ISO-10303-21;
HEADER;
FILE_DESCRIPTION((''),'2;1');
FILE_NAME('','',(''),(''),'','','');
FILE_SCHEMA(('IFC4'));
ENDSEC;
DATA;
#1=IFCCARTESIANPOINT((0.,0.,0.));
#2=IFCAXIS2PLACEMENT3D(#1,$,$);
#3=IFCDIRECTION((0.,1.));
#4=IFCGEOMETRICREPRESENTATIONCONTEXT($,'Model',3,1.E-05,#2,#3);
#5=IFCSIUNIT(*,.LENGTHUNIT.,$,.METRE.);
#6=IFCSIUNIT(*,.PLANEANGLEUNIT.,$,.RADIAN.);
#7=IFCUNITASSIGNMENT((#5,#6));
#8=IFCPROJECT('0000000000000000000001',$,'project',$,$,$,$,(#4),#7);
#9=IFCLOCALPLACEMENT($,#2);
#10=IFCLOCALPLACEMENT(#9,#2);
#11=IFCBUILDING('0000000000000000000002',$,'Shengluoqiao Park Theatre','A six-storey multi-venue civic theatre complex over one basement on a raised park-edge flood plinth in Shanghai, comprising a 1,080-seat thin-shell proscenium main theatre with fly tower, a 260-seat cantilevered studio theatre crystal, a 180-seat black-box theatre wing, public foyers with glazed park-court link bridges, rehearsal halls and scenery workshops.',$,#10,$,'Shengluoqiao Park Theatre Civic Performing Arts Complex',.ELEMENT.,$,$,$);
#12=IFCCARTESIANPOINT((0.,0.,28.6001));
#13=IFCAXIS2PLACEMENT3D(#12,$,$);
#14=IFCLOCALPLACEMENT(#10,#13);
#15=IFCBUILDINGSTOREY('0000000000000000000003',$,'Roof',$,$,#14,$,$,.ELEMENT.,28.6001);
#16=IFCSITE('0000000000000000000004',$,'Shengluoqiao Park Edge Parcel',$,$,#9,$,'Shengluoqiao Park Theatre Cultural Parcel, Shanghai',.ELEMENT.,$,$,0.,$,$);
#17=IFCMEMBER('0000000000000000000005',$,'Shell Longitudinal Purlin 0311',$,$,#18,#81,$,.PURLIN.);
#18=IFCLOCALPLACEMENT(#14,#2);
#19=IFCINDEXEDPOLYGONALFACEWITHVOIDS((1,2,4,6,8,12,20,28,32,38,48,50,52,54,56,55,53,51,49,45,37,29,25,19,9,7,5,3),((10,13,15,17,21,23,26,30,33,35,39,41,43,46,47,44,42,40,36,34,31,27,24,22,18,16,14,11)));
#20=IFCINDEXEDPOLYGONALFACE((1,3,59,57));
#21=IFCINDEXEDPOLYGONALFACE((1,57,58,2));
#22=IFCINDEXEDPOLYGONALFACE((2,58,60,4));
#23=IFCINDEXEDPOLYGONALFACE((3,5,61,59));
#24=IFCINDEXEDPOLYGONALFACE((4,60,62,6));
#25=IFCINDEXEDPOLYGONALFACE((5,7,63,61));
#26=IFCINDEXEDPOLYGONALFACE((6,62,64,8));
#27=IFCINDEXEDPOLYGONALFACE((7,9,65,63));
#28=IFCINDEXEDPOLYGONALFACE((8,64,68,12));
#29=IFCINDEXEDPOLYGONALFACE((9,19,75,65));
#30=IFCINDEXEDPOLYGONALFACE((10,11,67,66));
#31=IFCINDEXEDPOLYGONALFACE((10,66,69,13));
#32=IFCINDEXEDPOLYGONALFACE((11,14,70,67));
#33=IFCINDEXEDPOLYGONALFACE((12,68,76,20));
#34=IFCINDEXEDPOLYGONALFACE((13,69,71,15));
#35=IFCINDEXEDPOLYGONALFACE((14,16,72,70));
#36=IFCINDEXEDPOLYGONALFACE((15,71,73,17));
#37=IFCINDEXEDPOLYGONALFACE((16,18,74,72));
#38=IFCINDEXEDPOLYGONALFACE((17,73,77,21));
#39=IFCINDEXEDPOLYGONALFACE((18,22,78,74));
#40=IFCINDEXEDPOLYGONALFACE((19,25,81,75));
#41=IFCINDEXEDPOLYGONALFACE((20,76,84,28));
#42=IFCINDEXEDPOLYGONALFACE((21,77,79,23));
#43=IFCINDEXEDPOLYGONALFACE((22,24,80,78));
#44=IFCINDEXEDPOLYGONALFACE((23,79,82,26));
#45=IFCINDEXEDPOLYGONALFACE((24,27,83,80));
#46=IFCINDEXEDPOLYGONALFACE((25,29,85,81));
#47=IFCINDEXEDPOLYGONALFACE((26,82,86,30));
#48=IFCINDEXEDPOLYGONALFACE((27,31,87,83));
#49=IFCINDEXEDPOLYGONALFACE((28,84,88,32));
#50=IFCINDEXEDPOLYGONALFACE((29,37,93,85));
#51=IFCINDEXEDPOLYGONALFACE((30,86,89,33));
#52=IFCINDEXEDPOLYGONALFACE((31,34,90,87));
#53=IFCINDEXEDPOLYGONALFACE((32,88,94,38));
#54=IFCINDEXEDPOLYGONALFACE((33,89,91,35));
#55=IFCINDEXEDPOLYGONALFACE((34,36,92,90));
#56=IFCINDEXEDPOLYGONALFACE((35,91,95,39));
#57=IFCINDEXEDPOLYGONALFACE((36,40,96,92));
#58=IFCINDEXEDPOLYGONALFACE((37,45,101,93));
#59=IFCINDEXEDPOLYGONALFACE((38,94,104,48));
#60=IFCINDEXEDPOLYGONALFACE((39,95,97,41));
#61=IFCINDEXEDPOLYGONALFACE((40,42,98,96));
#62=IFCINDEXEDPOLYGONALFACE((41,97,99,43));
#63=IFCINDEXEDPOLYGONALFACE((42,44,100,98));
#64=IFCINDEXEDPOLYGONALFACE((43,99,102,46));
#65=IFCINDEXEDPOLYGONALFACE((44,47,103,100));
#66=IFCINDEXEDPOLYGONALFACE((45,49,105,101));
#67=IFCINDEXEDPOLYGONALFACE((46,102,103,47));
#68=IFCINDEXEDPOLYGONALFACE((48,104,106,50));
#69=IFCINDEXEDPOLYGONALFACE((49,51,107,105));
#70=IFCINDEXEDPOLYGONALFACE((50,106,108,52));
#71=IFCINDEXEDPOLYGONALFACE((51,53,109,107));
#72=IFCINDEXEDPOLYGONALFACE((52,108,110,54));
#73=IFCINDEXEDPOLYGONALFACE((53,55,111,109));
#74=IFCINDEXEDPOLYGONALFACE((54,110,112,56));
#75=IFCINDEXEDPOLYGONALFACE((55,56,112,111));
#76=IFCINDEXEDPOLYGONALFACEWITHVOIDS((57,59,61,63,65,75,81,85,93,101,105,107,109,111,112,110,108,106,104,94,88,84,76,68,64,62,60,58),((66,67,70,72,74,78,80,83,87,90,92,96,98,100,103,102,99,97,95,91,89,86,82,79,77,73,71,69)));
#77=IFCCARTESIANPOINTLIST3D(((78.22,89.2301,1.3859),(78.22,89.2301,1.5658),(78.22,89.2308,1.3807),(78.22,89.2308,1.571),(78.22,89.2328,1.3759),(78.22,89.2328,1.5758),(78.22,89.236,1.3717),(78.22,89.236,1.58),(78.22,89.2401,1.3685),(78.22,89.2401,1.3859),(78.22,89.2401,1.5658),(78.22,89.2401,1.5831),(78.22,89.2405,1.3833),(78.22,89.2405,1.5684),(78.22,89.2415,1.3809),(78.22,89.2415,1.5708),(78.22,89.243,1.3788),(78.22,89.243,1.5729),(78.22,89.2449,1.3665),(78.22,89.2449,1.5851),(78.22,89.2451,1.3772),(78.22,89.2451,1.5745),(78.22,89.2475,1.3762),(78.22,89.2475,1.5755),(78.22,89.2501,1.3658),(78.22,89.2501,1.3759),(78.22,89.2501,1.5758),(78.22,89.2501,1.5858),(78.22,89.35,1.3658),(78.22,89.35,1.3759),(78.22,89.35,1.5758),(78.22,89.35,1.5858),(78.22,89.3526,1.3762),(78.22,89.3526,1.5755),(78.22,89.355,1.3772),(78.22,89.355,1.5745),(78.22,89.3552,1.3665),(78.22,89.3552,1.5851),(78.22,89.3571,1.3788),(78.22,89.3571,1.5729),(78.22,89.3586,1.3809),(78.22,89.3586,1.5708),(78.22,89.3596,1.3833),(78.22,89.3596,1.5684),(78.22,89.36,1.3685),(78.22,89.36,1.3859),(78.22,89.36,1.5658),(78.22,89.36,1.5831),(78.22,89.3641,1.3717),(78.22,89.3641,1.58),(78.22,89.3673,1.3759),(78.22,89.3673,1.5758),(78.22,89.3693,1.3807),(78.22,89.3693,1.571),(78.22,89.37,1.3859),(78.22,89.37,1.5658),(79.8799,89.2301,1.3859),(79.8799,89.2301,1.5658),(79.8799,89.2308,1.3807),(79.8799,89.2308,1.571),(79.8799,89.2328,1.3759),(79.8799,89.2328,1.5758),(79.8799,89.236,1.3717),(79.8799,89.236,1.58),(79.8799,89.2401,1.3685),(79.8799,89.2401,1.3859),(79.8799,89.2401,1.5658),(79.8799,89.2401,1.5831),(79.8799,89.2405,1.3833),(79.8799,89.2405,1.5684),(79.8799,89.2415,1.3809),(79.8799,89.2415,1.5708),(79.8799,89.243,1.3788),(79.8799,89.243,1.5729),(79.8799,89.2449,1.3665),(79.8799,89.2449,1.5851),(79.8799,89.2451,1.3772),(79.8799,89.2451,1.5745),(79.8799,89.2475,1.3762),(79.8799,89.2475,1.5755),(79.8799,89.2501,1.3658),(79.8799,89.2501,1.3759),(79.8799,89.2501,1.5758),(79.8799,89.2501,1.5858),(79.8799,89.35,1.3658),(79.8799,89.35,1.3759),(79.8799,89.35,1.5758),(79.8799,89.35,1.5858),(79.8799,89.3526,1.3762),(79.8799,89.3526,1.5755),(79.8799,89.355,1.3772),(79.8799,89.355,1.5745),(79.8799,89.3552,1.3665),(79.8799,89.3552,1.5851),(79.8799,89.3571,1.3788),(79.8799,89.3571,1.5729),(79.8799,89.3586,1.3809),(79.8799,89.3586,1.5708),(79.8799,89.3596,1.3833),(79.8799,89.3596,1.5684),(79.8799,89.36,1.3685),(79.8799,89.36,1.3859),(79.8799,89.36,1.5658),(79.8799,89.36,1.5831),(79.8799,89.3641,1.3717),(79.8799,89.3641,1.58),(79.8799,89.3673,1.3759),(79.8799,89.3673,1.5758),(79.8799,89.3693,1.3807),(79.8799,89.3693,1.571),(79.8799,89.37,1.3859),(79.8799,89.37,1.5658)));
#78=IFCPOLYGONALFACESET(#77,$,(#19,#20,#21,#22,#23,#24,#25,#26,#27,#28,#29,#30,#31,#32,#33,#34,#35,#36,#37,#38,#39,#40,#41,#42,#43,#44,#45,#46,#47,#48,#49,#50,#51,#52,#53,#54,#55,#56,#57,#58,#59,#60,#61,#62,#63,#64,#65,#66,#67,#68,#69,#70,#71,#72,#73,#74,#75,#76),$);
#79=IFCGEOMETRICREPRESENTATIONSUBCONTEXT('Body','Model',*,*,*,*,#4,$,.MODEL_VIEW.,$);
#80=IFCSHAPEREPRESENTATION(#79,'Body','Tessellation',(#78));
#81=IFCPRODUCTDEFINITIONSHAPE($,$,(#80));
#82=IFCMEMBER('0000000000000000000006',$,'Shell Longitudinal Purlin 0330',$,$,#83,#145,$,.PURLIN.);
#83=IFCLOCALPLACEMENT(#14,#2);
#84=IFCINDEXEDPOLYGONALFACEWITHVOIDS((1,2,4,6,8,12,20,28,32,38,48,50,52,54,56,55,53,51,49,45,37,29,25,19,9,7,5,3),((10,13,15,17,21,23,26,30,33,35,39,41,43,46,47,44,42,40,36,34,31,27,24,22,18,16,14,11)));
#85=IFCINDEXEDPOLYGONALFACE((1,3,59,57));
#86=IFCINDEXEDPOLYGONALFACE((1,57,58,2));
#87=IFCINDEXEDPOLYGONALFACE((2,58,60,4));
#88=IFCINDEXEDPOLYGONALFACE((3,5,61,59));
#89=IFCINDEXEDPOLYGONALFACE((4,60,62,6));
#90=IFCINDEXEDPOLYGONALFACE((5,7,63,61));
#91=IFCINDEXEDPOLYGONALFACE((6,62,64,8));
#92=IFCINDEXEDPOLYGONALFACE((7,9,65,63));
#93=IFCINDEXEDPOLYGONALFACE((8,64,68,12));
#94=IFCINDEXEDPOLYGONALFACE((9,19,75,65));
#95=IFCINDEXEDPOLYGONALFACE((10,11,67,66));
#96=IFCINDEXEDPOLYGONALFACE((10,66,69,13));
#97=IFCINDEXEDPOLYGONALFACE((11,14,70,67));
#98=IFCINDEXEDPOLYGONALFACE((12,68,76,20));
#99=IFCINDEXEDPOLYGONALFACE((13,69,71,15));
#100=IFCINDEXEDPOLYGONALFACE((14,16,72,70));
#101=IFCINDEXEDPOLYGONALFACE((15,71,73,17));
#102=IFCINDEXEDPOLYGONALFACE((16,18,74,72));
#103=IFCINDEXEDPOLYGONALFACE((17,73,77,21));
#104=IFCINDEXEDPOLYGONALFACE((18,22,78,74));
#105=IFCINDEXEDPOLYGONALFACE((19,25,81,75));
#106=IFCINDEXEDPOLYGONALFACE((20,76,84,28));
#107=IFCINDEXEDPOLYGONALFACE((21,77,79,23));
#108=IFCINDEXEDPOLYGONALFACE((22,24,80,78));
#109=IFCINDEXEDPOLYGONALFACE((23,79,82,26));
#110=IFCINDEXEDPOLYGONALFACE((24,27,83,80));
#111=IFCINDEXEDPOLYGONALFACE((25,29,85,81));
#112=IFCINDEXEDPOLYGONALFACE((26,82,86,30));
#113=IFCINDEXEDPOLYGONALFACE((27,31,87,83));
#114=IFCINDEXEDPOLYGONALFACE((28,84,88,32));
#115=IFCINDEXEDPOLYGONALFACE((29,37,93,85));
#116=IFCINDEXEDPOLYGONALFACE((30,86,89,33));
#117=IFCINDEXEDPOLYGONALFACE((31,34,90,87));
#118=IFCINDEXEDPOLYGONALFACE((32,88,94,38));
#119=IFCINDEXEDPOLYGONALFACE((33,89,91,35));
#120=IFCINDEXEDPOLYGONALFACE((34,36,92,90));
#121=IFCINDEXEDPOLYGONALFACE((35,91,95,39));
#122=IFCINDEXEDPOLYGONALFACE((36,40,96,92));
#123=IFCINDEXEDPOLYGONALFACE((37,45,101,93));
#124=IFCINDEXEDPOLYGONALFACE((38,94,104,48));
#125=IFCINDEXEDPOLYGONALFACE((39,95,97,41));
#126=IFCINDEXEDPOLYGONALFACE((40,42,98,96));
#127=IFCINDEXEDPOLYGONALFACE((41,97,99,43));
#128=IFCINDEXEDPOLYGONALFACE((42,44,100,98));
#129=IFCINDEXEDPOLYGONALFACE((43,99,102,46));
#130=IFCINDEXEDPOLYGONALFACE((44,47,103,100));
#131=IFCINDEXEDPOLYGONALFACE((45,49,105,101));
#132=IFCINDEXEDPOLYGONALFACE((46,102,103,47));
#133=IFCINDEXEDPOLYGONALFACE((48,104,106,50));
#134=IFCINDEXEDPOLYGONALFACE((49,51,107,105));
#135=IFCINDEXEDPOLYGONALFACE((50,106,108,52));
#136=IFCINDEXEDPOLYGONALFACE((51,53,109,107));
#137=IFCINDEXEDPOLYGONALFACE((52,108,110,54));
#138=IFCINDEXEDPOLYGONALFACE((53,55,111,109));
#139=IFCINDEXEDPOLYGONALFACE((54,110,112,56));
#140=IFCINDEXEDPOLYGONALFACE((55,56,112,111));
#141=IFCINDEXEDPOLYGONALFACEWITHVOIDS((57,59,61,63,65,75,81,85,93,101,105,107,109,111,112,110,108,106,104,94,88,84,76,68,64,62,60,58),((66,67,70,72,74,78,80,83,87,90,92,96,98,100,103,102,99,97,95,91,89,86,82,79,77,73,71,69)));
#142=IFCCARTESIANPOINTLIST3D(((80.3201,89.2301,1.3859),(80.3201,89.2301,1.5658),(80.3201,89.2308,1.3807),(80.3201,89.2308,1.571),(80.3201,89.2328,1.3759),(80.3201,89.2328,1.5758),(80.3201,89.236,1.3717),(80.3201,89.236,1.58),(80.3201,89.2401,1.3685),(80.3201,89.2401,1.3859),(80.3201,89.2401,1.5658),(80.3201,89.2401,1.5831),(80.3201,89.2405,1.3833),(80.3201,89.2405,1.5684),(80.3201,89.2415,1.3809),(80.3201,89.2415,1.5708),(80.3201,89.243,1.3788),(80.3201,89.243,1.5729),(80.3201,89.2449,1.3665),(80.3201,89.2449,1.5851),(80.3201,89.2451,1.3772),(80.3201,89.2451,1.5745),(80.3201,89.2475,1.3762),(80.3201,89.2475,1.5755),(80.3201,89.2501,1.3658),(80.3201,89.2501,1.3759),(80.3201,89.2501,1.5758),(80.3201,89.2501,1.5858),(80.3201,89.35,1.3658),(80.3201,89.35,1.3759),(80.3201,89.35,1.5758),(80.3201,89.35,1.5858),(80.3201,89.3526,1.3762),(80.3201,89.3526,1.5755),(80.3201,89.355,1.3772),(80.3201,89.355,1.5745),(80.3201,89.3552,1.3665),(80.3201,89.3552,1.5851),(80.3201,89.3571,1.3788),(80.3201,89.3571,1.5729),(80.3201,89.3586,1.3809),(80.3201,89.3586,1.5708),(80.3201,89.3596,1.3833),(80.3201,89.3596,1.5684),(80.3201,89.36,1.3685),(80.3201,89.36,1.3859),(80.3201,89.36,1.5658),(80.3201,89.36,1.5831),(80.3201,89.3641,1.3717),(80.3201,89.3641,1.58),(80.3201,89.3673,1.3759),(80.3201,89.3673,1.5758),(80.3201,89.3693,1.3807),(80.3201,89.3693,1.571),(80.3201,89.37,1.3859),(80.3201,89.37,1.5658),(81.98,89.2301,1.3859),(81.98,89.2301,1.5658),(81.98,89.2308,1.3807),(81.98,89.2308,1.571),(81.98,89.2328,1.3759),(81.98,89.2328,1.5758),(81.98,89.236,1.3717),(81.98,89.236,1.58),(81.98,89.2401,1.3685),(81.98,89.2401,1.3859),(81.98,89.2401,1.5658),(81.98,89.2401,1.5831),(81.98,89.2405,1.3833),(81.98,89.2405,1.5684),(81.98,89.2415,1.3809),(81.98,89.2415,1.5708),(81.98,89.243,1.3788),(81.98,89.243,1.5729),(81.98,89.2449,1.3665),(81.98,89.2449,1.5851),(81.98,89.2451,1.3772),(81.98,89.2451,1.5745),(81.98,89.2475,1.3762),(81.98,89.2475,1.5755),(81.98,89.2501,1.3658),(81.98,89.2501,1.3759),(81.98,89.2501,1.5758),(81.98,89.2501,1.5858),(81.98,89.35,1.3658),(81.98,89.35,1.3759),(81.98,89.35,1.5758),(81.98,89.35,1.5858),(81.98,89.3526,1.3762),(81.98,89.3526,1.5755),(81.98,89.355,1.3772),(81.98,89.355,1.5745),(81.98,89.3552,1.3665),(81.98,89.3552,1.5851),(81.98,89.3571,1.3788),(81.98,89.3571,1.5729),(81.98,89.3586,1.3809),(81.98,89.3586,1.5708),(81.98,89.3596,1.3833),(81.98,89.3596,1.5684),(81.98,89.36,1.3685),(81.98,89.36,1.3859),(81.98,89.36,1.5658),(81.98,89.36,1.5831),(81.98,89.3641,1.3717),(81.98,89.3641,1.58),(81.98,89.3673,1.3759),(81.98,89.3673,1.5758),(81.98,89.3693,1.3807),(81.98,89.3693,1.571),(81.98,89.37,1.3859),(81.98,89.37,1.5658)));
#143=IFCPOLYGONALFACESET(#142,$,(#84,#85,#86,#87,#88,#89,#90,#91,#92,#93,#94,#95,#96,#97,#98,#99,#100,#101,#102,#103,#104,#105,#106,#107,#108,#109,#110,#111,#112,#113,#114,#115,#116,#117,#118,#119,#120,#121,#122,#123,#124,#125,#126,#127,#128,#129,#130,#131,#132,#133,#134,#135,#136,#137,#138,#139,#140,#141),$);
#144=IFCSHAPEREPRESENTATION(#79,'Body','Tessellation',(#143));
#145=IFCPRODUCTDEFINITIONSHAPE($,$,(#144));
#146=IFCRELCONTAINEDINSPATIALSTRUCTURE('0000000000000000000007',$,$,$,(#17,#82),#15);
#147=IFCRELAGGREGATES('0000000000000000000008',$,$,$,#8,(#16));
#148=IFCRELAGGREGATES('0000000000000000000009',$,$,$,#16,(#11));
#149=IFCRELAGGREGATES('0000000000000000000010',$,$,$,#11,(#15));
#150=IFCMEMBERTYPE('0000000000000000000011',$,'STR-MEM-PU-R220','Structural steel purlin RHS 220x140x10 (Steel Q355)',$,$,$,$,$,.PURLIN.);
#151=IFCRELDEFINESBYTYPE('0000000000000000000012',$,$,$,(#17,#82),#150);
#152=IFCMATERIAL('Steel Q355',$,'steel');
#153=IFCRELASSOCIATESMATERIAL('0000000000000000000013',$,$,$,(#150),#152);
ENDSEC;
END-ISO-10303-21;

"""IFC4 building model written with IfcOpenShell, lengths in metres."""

from ifc_helpers import new_model, si_unit, direction, frame, origin, origin_2d, place, context, subcontext, project, spatial, hollow_rectangle, extrude, material, material_profile, profile_set, type_object, element, save


model = new_model("IFC4")

# Units and contexts
model_context = context("Model", 3, precision=1e-05, world=origin(), true_north=direction((0.0, 1.0)))
body_context = subcontext(model_context, "Body", "Model", "MODEL_VIEW")
ifc_project = project(units=[si_unit("LENGTHUNIT", "METRE"), si_unit("PLANEANGLEUNIT", "RADIAN")], contexts=[model_context])

# Site, building, storey
site_placement = place(None, origin())
site = spatial("IfcSite", under=ifc_project, at=site_placement, Name="Shengluoqiao Park Edge Parcel", LongName="Shengluoqiao Park Theatre Cultural Parcel, Shanghai", CompositionType="ELEMENT", RefElevation=0.0)
building_placement = place(site_placement, origin())
building = spatial("IfcBuilding", under=site, at=building_placement, Name="Shengluoqiao Park Theatre", Description="A six-storey multi-venue civic theatre complex over one basement on a raised park-edge flood plinth in Shanghai, comprising a 1,080-seat thin-shell proscenium main theatre with fly tower, a 260-seat cantilevered studio theatre crystal, a 180-seat black-box theatre wing, public foyers with glazed park-court link bridges, rehearsal halls and scenery workshops.", LongName="Shengluoqiao Park Theatre Civic Performing Arts Complex", CompositionType="ELEMENT")
storey_placement = place(building_placement, frame((0.0, 0.0, 28.6001)))
storey = spatial("IfcBuildingStorey", under=building, at=storey_placement, Name="Roof", CompositionType="ELEMENT", Elevation=28.6001)

# Shared definitions
ifc_material_1 = material(Name="Steel Q355", Category="steel")

# Members
ifc_material_profile_1 = material_profile(ifc_material_1, hollow_rectangle(XDim=0.1399, YDim=0.22, WallThickness=0.01, InnerFilletRadius=0.01, OuterFilletRadius=0.02, at=origin_2d()), Name="RHS 220x140x10")
ifc_profile_set_1 = profile_set([ifc_material_profile_1], Name="Steel Q355")
member_type_1 = type_object("IfcMemberType", Name="STR-MEM-PU-R220", Description="Structural steel purlin RHS 220x140x10 (Steel Q355)", PredefinedType="PURLIN", material=ifc_profile_set_1)
for number, where, z_axis, x_axis, name in (
    (1, (78.22, 89.3, 1.4758), (1.0, 0.0, 0.0), (0.0, 1.0, 0.0), "Shell Longitudinal Purlin 0311"),
    (2, (80.3201, 89.3, 1.4758), (1.0, 0.0, 0.0), (0.0, 1.0, 0.0), "Shell Longitudinal Purlin 0330"),
):
    element("IfcMember", number, at=place(storey_placement, frame(where, z_axis=z_axis, x_axis=x_axis)), inside=storey, type_object=member_type_1, Name=name, PredefinedType="PURLIN", context=body_context, shape_type="SweptSolid", body=[
        extrude(hollow_rectangle(XDim=0.1399, YDim=0.22, WallThickness=0.01, InnerFilletRadius=0.01, OuterFilletRadius=0.02, at=origin_2d()), origin(), (0.0, 0.0, 1.0), 1.6599),
    ])

save(model, "model.ifc")
